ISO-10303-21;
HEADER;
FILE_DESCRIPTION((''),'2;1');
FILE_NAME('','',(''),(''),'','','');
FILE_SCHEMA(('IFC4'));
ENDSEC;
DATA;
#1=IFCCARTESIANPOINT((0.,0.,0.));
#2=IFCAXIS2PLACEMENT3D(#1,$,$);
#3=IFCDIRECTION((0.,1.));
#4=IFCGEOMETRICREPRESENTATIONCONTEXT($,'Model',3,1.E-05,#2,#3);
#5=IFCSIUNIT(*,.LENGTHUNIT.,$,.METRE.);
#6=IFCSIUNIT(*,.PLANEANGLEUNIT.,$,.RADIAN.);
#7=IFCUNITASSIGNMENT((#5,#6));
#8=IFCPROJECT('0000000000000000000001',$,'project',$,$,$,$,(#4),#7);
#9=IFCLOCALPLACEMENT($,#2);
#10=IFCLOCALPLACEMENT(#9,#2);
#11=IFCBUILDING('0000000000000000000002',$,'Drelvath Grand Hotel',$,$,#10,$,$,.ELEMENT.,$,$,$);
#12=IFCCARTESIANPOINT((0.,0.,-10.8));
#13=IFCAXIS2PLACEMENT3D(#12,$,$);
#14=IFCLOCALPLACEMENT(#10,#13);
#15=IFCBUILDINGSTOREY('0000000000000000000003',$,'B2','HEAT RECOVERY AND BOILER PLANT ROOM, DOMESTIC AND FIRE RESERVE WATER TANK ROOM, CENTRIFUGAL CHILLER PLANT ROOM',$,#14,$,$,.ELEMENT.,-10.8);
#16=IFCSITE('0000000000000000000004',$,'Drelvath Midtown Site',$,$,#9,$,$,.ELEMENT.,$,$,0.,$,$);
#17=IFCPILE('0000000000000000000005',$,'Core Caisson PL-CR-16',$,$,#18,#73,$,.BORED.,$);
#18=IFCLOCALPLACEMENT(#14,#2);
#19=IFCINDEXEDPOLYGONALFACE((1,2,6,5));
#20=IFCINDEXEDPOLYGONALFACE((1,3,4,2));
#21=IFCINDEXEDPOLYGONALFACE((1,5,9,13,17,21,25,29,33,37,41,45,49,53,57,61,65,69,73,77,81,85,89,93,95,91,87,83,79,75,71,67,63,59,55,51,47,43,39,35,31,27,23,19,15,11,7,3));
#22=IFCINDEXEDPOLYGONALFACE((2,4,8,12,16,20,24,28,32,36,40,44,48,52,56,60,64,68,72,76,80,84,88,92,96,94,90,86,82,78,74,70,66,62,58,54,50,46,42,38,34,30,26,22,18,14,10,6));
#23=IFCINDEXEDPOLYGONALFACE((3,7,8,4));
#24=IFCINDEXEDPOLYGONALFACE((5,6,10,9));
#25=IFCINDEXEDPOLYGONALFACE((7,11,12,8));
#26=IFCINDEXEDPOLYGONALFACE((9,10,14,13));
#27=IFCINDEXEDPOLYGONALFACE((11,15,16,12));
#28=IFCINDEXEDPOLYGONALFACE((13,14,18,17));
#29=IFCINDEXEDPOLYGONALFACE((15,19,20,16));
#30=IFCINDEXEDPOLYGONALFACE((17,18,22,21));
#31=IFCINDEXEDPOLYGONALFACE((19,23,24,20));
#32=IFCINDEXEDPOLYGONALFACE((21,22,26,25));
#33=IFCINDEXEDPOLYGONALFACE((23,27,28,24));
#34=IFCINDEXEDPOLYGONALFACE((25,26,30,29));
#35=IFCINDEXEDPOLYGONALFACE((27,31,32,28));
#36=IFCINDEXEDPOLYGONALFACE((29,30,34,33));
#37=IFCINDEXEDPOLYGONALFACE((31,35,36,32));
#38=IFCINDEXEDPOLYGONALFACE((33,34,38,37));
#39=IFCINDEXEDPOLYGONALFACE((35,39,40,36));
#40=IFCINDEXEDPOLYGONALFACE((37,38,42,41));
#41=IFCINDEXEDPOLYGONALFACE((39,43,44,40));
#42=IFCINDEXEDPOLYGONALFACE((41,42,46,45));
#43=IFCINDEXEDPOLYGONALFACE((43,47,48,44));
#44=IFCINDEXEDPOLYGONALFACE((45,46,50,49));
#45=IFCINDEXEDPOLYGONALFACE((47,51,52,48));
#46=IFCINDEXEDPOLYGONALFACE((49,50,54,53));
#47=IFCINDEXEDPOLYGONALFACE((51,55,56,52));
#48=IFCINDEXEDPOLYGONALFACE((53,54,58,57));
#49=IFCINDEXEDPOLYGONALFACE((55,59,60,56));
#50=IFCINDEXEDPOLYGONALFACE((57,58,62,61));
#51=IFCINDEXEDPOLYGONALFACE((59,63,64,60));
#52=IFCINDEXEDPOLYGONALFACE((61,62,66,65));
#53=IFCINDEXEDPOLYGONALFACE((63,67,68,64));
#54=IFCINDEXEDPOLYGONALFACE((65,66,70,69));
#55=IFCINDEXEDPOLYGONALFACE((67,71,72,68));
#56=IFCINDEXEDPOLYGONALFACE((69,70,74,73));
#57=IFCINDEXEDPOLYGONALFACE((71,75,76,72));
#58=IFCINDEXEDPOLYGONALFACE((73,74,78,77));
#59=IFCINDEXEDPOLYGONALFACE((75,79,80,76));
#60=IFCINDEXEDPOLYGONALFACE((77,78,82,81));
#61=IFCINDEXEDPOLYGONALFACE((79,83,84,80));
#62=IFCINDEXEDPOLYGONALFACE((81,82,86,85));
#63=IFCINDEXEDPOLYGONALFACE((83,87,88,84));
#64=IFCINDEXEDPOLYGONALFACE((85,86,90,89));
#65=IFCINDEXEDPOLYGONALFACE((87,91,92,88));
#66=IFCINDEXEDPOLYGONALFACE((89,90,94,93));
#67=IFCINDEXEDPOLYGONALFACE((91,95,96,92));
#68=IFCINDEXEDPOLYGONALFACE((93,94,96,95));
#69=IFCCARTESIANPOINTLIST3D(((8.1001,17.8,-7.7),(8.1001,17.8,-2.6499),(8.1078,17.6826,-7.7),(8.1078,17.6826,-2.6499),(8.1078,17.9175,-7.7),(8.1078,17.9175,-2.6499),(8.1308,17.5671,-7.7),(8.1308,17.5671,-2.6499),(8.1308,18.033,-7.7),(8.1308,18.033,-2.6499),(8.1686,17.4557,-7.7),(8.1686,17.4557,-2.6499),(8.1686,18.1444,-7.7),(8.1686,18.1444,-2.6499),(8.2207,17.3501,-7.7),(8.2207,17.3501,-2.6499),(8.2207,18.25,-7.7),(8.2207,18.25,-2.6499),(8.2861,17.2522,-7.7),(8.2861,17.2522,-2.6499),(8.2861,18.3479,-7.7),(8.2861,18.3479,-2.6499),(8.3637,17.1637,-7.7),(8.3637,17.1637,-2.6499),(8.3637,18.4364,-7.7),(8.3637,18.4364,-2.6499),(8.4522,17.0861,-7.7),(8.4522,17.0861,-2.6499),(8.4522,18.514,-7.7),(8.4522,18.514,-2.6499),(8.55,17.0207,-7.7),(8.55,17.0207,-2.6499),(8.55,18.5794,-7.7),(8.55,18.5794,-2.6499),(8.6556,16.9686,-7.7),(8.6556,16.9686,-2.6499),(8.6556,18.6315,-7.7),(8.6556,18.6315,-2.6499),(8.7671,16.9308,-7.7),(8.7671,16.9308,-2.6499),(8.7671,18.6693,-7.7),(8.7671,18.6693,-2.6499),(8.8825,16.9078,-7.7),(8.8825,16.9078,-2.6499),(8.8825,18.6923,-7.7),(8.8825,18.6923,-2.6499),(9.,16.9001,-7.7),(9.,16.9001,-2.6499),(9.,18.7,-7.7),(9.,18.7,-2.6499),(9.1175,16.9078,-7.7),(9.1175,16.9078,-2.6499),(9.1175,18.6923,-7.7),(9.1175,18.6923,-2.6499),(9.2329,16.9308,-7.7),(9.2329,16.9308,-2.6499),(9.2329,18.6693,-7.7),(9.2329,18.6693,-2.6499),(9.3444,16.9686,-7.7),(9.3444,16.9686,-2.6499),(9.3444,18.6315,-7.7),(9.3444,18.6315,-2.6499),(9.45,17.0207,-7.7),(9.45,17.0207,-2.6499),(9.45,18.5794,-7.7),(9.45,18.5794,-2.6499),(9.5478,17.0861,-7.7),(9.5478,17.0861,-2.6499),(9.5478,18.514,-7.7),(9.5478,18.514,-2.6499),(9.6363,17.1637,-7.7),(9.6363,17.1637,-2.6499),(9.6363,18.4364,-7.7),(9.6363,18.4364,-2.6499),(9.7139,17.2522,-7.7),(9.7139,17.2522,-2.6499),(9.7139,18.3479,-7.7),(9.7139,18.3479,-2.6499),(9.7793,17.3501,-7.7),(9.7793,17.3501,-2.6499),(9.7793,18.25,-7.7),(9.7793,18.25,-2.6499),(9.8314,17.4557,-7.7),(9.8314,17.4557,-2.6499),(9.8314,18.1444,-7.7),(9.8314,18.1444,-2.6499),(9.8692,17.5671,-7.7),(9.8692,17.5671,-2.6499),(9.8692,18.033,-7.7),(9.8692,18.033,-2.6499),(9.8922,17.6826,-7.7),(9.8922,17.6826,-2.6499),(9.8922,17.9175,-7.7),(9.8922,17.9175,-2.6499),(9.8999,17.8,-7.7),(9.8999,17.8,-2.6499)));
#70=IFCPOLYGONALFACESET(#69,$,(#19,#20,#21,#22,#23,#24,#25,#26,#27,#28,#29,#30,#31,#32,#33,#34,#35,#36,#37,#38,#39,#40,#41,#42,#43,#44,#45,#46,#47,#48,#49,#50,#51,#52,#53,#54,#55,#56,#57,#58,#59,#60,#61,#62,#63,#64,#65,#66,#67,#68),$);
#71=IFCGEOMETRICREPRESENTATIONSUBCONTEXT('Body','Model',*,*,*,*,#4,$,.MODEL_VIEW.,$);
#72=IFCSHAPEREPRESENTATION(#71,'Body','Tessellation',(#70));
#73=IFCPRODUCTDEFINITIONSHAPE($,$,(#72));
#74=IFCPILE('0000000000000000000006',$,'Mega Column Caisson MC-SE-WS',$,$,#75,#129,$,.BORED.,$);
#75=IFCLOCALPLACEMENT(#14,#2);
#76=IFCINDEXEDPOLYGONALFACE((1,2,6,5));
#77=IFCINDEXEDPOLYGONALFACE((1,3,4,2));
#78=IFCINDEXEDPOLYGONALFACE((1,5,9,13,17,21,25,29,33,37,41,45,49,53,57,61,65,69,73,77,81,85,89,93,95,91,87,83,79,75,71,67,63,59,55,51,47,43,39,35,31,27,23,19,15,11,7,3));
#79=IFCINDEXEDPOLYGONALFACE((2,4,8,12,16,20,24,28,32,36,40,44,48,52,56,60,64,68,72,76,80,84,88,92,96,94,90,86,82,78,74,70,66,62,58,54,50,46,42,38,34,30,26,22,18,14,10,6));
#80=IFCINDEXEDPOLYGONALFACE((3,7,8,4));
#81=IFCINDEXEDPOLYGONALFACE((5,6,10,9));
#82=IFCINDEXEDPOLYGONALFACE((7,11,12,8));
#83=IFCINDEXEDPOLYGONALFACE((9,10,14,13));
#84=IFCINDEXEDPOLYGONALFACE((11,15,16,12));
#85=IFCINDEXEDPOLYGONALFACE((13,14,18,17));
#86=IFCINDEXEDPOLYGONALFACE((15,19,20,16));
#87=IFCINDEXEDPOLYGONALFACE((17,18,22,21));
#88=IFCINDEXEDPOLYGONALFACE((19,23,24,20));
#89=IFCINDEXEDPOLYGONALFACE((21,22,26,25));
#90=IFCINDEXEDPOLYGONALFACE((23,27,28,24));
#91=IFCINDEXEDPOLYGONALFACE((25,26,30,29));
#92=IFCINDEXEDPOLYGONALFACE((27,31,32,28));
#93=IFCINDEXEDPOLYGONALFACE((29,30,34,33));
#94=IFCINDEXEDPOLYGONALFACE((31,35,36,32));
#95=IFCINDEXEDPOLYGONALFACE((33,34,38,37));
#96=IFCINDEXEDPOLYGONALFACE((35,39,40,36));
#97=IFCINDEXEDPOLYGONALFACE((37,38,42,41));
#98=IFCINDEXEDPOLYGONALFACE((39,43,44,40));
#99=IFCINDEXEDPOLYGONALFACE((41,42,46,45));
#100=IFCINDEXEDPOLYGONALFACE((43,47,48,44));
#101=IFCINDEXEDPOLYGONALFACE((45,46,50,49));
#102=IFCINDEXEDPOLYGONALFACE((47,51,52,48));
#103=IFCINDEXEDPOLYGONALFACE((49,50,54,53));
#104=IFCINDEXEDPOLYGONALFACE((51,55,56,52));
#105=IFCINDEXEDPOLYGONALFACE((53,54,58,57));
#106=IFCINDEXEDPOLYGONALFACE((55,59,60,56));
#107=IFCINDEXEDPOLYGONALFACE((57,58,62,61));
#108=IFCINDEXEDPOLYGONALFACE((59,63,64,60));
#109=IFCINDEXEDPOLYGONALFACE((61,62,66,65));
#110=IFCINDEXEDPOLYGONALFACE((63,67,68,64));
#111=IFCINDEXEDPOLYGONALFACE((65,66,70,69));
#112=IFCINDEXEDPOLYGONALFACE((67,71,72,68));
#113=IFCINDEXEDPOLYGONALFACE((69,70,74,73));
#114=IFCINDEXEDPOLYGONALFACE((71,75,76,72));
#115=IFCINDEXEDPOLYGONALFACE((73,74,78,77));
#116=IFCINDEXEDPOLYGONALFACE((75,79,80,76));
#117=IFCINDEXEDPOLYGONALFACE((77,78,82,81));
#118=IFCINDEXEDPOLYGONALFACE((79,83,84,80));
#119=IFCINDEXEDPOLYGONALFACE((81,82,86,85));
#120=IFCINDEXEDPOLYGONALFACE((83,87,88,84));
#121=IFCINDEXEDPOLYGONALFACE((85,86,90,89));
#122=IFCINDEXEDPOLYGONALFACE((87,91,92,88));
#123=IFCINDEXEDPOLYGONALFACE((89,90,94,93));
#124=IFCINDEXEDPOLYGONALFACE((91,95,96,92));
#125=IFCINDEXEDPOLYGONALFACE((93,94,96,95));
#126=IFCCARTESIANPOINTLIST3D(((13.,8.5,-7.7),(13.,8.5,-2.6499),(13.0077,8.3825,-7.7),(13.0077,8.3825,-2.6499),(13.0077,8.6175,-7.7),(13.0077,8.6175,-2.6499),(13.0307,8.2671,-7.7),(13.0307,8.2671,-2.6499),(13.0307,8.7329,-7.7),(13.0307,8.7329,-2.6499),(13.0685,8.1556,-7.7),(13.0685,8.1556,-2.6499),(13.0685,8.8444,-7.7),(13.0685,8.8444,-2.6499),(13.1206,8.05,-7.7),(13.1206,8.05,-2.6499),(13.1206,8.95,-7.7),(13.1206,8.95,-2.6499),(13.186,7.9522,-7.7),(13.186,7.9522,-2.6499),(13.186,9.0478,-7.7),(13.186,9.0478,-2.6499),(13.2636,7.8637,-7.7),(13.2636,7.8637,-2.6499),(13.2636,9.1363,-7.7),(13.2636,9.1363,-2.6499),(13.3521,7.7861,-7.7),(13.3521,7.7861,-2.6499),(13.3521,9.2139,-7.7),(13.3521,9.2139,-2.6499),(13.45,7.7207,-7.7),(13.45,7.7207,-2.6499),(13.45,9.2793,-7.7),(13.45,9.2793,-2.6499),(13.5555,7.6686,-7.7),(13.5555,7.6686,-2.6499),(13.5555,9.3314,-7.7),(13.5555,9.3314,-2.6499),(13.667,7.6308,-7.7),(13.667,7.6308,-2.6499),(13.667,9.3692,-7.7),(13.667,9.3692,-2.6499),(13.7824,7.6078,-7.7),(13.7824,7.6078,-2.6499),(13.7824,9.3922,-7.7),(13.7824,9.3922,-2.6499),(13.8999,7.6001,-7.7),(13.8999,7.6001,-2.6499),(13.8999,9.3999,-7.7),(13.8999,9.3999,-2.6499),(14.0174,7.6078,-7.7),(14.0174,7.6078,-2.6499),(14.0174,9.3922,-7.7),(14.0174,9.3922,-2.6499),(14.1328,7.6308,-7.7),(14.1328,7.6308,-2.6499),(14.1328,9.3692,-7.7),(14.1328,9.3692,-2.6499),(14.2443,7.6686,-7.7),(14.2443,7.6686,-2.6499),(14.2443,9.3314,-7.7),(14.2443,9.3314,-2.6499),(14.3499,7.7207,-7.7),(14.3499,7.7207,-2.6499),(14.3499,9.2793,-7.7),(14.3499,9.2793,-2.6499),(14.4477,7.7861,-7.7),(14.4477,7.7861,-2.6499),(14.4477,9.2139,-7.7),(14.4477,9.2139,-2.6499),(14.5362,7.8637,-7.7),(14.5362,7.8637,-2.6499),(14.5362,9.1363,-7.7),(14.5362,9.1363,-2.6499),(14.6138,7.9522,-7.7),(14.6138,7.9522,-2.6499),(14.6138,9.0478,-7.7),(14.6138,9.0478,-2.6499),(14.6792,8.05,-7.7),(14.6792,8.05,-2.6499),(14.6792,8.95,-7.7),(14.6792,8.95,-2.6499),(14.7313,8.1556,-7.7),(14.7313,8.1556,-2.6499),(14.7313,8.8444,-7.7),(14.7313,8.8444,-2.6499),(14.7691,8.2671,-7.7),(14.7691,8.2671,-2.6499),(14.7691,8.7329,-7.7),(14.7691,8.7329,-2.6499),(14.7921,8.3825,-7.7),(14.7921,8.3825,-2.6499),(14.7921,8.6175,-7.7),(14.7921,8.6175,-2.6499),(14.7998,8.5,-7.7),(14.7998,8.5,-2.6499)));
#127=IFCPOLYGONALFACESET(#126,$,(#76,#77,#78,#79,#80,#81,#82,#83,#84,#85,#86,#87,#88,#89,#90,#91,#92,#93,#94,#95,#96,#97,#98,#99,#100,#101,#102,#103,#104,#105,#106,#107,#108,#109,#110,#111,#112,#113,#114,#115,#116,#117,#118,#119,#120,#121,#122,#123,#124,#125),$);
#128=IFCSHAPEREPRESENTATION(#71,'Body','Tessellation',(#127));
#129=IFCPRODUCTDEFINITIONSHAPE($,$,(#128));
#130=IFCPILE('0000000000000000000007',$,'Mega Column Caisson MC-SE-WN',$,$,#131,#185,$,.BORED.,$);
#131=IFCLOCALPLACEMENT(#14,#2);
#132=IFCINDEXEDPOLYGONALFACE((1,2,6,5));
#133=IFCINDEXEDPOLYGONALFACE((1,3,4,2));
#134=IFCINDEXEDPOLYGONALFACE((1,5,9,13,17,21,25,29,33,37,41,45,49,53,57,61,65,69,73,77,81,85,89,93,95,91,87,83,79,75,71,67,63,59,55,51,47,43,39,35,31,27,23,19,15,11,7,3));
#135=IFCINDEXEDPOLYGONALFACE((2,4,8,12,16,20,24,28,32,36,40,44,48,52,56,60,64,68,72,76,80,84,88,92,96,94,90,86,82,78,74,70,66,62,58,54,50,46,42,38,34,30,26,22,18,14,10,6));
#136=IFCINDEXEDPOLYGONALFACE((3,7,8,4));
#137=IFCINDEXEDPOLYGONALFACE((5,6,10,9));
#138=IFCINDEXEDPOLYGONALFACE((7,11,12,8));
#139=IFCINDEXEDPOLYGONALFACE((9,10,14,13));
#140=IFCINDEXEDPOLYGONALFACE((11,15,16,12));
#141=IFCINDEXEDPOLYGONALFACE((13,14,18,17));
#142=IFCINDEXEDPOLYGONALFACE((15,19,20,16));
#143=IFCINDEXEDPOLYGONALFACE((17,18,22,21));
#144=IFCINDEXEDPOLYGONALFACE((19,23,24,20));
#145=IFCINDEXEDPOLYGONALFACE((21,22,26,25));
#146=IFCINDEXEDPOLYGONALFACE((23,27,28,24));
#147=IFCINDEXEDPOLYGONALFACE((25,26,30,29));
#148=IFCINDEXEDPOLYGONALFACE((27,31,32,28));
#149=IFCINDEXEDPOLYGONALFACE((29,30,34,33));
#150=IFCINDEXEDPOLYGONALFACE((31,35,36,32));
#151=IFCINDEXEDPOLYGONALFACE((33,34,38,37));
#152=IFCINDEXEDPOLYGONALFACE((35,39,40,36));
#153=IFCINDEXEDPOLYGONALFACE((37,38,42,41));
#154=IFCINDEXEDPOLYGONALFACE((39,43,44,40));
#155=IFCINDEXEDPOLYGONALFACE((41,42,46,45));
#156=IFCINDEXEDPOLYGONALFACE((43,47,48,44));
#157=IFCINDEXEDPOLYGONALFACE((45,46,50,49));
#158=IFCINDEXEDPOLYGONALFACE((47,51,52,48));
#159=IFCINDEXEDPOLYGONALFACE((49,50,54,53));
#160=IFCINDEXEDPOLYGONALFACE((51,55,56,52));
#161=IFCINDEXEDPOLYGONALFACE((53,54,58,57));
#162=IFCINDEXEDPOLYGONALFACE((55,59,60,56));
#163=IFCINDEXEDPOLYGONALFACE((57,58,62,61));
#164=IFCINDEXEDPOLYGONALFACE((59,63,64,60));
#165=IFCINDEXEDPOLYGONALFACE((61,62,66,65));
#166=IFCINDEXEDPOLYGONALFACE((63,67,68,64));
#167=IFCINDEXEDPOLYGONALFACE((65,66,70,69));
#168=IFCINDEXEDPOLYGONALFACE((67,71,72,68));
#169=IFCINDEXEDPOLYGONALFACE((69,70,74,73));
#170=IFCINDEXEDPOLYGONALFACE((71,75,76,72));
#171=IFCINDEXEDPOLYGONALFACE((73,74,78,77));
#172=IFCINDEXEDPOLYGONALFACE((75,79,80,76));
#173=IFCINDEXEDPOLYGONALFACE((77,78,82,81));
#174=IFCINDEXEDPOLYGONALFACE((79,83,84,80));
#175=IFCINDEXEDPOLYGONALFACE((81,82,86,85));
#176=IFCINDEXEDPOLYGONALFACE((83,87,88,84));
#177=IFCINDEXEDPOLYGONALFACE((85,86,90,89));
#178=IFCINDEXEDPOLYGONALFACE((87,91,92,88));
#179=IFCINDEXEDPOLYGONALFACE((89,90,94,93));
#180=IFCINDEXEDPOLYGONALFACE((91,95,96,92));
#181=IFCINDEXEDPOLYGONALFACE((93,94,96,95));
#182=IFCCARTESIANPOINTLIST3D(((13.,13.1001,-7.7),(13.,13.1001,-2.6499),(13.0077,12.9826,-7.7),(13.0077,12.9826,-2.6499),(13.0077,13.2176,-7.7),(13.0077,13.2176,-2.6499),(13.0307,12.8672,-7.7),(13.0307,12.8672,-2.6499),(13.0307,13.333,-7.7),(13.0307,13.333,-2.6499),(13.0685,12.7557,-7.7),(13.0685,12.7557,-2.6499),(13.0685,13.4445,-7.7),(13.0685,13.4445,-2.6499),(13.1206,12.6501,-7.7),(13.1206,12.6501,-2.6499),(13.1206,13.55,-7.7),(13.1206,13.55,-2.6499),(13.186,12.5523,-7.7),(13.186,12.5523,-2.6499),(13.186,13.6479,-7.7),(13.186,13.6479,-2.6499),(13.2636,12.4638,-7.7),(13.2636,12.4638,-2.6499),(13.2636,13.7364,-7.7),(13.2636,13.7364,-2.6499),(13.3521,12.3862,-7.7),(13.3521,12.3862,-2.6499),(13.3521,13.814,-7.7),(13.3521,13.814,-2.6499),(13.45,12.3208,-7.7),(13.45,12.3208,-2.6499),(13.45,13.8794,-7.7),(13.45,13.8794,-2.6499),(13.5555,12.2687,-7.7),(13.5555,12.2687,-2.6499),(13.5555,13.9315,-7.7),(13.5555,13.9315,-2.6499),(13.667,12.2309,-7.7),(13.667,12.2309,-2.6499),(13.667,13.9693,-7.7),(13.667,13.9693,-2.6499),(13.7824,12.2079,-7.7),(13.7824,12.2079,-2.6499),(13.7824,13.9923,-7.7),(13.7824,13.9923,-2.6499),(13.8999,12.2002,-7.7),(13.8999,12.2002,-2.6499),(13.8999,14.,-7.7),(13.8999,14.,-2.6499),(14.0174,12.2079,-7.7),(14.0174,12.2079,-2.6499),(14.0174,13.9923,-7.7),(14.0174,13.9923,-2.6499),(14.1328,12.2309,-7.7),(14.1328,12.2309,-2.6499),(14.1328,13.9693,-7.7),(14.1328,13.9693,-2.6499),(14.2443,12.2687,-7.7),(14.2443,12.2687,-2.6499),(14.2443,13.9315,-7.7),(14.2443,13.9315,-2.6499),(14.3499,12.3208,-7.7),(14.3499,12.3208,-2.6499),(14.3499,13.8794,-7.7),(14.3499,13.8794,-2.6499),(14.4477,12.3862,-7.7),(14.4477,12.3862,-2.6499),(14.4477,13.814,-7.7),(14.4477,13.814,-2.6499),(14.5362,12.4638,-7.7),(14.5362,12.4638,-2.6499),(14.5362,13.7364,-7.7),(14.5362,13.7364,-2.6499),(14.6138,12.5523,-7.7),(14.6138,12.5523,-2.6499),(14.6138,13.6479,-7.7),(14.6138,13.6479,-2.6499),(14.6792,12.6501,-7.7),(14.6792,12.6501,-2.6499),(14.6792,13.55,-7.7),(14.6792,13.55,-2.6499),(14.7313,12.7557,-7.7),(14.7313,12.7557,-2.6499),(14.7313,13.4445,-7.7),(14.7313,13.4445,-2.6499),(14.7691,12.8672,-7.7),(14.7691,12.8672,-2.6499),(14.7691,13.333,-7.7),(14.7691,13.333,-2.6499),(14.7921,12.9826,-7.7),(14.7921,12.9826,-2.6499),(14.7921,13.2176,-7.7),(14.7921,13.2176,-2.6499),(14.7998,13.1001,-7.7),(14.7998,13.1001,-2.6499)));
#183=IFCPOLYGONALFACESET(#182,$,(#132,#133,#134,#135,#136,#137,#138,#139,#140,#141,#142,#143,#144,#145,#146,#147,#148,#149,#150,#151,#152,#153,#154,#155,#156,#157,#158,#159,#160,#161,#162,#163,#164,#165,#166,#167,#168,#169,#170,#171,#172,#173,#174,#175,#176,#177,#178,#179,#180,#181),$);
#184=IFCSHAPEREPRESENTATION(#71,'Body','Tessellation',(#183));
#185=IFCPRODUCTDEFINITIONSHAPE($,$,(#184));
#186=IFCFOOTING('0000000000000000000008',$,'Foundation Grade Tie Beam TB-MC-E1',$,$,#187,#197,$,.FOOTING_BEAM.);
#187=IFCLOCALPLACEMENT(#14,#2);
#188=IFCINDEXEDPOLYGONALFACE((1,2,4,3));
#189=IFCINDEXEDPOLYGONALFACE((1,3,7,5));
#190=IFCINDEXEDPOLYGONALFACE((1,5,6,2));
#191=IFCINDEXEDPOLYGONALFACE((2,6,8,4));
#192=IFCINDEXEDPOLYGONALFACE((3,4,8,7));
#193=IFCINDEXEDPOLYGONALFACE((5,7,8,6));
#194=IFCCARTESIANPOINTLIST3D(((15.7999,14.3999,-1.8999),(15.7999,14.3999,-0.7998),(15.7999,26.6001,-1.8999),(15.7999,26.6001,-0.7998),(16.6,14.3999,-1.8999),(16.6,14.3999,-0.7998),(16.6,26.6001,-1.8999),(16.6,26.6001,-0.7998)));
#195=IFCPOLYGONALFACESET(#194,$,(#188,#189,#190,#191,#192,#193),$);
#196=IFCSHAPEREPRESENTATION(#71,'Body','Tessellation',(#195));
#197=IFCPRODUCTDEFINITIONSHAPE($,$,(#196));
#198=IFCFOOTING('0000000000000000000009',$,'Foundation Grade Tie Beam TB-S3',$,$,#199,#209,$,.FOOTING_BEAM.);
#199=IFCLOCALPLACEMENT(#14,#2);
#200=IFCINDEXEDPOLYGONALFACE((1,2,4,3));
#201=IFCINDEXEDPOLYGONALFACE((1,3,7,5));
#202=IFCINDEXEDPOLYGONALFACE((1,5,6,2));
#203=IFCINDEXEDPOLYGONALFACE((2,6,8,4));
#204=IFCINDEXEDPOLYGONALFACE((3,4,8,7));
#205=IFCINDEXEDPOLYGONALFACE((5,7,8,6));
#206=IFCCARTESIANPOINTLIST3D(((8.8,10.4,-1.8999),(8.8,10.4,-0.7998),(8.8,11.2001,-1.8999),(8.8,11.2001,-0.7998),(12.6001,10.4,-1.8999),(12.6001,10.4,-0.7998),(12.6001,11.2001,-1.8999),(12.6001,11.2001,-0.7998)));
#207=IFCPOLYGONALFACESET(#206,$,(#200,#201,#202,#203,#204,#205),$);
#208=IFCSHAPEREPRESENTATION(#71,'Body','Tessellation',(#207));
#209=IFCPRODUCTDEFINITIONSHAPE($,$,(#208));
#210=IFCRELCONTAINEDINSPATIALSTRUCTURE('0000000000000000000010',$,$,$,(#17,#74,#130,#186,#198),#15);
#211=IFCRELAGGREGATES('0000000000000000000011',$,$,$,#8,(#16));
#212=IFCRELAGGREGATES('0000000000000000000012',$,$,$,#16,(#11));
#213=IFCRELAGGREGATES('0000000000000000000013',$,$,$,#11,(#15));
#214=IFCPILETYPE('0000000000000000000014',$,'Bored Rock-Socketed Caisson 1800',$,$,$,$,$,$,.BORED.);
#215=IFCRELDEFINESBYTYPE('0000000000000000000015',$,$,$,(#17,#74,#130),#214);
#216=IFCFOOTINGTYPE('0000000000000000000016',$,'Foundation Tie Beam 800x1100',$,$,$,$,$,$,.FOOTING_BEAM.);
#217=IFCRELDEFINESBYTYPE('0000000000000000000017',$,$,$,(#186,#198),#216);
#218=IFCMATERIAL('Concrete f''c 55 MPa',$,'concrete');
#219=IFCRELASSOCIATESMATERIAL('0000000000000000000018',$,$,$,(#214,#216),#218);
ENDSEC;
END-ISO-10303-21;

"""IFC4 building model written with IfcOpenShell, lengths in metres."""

from ifc_helpers import new_model, si_unit, direction, frame, origin, origin_2d, place, context, subcontext, project, spatial, rectangle, circle, extrude, material, material_profile, profile_set, type_object, element, save


model = new_model("IFC4")

# Units and contexts
model_context = context("Model", 3, precision=1e-05, world=origin(), true_north=direction((0.0, 1.0)))
body_context = subcontext(model_context, "Body", "Model", "MODEL_VIEW")
ifc_project = project(units=[si_unit("LENGTHUNIT", "METRE"), si_unit("PLANEANGLEUNIT", "RADIAN")], contexts=[model_context])

# Site, building, storey
site_placement = place(None, origin())
site = spatial("IfcSite", under=ifc_project, at=site_placement, Name="Drelvath Midtown Site", CompositionType="ELEMENT", RefElevation=0.0)
building_placement = place(site_placement, origin())
building = spatial("IfcBuilding", under=site, at=building_placement, Name="Drelvath Grand Hotel", CompositionType="ELEMENT")
storey_placement = place(building_placement, frame((0.0, 0.0, -10.8)))
storey = spatial("IfcBuildingStorey", under=building, at=storey_placement, Name="B2", Description="HEAT RECOVERY AND BOILER PLANT ROOM, DOMESTIC AND FIRE RESERVE WATER TANK ROOM, CENTRIFUGAL CHILLER PLANT ROOM", CompositionType="ELEMENT", Elevation=-10.8)

# Piles
ifc_material_1 = material(Name="Concrete f'c 55 MPa", Category="concrete")
ifc_material_profile_1 = material_profile(ifc_material_1, circle(Radius=0.8999, at=origin_2d()), Name="CAISSON1800")
ifc_profile_set_1 = profile_set([ifc_material_profile_1], Name="Concrete f'c 55 MPa")
pile_type_1 = type_object("IfcPileType", Name="Bored Rock-Socketed Caisson 1800", PredefinedType="BORED", material=ifc_profile_set_1)
for number, where, z_axis, x_axis, name in (
    (1, (9.0, 17.8, -2.6499), (0.0, 0.0, -1.0), (1.0, 0.0, 0.0), "Core Caisson PL-CR-16"),
    (2, (13.8999, 8.5, -2.6499), (0.0, 0.0, -1.0), (1.0, 0.0, 0.0), "Mega Column Caisson MC-SE-WS"),
    (3, (13.8999, 13.1001, -2.6499), (0.0, 0.0, -1.0), (1.0, 0.0, 0.0), "Mega Column Caisson MC-SE-WN"),
):
    element("IfcPile", number, at=place(storey_placement, frame(where, z_axis=z_axis, x_axis=x_axis)), inside=storey, type_object=pile_type_1, Name=name, PredefinedType="BORED", context=body_context, shape_type="SweptSolid", body=[
        extrude(circle(Radius=0.8999, at=origin_2d()), origin(), (0.0, 0.0, 1.0), 5.05),
    ])

# Footings
ifc_material_profile_2 = material_profile(ifc_material_1, rectangle(XDim=0.8, YDim=1.1001, at=origin_2d()), Name="CB800X1100")
ifc_profile_set_2 = profile_set([ifc_material_profile_2], Name="Concrete f'c 55 MPa")
footing_type_1 = type_object("IfcFootingType", Name="Foundation Tie Beam 800x1100", PredefinedType="FOOTING_BEAM", material=ifc_profile_set_2)
footing_1_placement = place(storey_placement, frame((16.2, 14.3999, -1.3499), z_axis=(0.0, 1.0, 0.0), x_axis=(-1.0, 0.0, 0.0)))
element("IfcFooting", 4, at=footing_1_placement, inside=storey, type_object=footing_type_1, Name="Foundation Grade Tie Beam TB-MC-E1", PredefinedType="FOOTING_BEAM", context=body_context, shape_type="SweptSolid", body=[
    extrude(rectangle(XDim=0.8, YDim=1.1001, at=origin_2d()), origin(), (0.0, 0.0, 1.0), 12.2002),
])
footing_2_placement = place(storey_placement, frame((8.8, 10.8, -1.3499), z_axis=(1.0, 0.0, 0.0), x_axis=(0.0, 1.0, 0.0)))
element("IfcFooting", 5, at=footing_2_placement, inside=storey, type_object=footing_type_1, Name="Foundation Grade Tie Beam TB-S3", PredefinedType="FOOTING_BEAM", context=body_context, shape_type="SweptSolid", body=[
    extrude(rectangle(XDim=0.8, YDim=1.1001, at=origin_2d()), origin(), (0.0, 0.0, 1.0), 3.8),
])

save(model, "model.ifc")
